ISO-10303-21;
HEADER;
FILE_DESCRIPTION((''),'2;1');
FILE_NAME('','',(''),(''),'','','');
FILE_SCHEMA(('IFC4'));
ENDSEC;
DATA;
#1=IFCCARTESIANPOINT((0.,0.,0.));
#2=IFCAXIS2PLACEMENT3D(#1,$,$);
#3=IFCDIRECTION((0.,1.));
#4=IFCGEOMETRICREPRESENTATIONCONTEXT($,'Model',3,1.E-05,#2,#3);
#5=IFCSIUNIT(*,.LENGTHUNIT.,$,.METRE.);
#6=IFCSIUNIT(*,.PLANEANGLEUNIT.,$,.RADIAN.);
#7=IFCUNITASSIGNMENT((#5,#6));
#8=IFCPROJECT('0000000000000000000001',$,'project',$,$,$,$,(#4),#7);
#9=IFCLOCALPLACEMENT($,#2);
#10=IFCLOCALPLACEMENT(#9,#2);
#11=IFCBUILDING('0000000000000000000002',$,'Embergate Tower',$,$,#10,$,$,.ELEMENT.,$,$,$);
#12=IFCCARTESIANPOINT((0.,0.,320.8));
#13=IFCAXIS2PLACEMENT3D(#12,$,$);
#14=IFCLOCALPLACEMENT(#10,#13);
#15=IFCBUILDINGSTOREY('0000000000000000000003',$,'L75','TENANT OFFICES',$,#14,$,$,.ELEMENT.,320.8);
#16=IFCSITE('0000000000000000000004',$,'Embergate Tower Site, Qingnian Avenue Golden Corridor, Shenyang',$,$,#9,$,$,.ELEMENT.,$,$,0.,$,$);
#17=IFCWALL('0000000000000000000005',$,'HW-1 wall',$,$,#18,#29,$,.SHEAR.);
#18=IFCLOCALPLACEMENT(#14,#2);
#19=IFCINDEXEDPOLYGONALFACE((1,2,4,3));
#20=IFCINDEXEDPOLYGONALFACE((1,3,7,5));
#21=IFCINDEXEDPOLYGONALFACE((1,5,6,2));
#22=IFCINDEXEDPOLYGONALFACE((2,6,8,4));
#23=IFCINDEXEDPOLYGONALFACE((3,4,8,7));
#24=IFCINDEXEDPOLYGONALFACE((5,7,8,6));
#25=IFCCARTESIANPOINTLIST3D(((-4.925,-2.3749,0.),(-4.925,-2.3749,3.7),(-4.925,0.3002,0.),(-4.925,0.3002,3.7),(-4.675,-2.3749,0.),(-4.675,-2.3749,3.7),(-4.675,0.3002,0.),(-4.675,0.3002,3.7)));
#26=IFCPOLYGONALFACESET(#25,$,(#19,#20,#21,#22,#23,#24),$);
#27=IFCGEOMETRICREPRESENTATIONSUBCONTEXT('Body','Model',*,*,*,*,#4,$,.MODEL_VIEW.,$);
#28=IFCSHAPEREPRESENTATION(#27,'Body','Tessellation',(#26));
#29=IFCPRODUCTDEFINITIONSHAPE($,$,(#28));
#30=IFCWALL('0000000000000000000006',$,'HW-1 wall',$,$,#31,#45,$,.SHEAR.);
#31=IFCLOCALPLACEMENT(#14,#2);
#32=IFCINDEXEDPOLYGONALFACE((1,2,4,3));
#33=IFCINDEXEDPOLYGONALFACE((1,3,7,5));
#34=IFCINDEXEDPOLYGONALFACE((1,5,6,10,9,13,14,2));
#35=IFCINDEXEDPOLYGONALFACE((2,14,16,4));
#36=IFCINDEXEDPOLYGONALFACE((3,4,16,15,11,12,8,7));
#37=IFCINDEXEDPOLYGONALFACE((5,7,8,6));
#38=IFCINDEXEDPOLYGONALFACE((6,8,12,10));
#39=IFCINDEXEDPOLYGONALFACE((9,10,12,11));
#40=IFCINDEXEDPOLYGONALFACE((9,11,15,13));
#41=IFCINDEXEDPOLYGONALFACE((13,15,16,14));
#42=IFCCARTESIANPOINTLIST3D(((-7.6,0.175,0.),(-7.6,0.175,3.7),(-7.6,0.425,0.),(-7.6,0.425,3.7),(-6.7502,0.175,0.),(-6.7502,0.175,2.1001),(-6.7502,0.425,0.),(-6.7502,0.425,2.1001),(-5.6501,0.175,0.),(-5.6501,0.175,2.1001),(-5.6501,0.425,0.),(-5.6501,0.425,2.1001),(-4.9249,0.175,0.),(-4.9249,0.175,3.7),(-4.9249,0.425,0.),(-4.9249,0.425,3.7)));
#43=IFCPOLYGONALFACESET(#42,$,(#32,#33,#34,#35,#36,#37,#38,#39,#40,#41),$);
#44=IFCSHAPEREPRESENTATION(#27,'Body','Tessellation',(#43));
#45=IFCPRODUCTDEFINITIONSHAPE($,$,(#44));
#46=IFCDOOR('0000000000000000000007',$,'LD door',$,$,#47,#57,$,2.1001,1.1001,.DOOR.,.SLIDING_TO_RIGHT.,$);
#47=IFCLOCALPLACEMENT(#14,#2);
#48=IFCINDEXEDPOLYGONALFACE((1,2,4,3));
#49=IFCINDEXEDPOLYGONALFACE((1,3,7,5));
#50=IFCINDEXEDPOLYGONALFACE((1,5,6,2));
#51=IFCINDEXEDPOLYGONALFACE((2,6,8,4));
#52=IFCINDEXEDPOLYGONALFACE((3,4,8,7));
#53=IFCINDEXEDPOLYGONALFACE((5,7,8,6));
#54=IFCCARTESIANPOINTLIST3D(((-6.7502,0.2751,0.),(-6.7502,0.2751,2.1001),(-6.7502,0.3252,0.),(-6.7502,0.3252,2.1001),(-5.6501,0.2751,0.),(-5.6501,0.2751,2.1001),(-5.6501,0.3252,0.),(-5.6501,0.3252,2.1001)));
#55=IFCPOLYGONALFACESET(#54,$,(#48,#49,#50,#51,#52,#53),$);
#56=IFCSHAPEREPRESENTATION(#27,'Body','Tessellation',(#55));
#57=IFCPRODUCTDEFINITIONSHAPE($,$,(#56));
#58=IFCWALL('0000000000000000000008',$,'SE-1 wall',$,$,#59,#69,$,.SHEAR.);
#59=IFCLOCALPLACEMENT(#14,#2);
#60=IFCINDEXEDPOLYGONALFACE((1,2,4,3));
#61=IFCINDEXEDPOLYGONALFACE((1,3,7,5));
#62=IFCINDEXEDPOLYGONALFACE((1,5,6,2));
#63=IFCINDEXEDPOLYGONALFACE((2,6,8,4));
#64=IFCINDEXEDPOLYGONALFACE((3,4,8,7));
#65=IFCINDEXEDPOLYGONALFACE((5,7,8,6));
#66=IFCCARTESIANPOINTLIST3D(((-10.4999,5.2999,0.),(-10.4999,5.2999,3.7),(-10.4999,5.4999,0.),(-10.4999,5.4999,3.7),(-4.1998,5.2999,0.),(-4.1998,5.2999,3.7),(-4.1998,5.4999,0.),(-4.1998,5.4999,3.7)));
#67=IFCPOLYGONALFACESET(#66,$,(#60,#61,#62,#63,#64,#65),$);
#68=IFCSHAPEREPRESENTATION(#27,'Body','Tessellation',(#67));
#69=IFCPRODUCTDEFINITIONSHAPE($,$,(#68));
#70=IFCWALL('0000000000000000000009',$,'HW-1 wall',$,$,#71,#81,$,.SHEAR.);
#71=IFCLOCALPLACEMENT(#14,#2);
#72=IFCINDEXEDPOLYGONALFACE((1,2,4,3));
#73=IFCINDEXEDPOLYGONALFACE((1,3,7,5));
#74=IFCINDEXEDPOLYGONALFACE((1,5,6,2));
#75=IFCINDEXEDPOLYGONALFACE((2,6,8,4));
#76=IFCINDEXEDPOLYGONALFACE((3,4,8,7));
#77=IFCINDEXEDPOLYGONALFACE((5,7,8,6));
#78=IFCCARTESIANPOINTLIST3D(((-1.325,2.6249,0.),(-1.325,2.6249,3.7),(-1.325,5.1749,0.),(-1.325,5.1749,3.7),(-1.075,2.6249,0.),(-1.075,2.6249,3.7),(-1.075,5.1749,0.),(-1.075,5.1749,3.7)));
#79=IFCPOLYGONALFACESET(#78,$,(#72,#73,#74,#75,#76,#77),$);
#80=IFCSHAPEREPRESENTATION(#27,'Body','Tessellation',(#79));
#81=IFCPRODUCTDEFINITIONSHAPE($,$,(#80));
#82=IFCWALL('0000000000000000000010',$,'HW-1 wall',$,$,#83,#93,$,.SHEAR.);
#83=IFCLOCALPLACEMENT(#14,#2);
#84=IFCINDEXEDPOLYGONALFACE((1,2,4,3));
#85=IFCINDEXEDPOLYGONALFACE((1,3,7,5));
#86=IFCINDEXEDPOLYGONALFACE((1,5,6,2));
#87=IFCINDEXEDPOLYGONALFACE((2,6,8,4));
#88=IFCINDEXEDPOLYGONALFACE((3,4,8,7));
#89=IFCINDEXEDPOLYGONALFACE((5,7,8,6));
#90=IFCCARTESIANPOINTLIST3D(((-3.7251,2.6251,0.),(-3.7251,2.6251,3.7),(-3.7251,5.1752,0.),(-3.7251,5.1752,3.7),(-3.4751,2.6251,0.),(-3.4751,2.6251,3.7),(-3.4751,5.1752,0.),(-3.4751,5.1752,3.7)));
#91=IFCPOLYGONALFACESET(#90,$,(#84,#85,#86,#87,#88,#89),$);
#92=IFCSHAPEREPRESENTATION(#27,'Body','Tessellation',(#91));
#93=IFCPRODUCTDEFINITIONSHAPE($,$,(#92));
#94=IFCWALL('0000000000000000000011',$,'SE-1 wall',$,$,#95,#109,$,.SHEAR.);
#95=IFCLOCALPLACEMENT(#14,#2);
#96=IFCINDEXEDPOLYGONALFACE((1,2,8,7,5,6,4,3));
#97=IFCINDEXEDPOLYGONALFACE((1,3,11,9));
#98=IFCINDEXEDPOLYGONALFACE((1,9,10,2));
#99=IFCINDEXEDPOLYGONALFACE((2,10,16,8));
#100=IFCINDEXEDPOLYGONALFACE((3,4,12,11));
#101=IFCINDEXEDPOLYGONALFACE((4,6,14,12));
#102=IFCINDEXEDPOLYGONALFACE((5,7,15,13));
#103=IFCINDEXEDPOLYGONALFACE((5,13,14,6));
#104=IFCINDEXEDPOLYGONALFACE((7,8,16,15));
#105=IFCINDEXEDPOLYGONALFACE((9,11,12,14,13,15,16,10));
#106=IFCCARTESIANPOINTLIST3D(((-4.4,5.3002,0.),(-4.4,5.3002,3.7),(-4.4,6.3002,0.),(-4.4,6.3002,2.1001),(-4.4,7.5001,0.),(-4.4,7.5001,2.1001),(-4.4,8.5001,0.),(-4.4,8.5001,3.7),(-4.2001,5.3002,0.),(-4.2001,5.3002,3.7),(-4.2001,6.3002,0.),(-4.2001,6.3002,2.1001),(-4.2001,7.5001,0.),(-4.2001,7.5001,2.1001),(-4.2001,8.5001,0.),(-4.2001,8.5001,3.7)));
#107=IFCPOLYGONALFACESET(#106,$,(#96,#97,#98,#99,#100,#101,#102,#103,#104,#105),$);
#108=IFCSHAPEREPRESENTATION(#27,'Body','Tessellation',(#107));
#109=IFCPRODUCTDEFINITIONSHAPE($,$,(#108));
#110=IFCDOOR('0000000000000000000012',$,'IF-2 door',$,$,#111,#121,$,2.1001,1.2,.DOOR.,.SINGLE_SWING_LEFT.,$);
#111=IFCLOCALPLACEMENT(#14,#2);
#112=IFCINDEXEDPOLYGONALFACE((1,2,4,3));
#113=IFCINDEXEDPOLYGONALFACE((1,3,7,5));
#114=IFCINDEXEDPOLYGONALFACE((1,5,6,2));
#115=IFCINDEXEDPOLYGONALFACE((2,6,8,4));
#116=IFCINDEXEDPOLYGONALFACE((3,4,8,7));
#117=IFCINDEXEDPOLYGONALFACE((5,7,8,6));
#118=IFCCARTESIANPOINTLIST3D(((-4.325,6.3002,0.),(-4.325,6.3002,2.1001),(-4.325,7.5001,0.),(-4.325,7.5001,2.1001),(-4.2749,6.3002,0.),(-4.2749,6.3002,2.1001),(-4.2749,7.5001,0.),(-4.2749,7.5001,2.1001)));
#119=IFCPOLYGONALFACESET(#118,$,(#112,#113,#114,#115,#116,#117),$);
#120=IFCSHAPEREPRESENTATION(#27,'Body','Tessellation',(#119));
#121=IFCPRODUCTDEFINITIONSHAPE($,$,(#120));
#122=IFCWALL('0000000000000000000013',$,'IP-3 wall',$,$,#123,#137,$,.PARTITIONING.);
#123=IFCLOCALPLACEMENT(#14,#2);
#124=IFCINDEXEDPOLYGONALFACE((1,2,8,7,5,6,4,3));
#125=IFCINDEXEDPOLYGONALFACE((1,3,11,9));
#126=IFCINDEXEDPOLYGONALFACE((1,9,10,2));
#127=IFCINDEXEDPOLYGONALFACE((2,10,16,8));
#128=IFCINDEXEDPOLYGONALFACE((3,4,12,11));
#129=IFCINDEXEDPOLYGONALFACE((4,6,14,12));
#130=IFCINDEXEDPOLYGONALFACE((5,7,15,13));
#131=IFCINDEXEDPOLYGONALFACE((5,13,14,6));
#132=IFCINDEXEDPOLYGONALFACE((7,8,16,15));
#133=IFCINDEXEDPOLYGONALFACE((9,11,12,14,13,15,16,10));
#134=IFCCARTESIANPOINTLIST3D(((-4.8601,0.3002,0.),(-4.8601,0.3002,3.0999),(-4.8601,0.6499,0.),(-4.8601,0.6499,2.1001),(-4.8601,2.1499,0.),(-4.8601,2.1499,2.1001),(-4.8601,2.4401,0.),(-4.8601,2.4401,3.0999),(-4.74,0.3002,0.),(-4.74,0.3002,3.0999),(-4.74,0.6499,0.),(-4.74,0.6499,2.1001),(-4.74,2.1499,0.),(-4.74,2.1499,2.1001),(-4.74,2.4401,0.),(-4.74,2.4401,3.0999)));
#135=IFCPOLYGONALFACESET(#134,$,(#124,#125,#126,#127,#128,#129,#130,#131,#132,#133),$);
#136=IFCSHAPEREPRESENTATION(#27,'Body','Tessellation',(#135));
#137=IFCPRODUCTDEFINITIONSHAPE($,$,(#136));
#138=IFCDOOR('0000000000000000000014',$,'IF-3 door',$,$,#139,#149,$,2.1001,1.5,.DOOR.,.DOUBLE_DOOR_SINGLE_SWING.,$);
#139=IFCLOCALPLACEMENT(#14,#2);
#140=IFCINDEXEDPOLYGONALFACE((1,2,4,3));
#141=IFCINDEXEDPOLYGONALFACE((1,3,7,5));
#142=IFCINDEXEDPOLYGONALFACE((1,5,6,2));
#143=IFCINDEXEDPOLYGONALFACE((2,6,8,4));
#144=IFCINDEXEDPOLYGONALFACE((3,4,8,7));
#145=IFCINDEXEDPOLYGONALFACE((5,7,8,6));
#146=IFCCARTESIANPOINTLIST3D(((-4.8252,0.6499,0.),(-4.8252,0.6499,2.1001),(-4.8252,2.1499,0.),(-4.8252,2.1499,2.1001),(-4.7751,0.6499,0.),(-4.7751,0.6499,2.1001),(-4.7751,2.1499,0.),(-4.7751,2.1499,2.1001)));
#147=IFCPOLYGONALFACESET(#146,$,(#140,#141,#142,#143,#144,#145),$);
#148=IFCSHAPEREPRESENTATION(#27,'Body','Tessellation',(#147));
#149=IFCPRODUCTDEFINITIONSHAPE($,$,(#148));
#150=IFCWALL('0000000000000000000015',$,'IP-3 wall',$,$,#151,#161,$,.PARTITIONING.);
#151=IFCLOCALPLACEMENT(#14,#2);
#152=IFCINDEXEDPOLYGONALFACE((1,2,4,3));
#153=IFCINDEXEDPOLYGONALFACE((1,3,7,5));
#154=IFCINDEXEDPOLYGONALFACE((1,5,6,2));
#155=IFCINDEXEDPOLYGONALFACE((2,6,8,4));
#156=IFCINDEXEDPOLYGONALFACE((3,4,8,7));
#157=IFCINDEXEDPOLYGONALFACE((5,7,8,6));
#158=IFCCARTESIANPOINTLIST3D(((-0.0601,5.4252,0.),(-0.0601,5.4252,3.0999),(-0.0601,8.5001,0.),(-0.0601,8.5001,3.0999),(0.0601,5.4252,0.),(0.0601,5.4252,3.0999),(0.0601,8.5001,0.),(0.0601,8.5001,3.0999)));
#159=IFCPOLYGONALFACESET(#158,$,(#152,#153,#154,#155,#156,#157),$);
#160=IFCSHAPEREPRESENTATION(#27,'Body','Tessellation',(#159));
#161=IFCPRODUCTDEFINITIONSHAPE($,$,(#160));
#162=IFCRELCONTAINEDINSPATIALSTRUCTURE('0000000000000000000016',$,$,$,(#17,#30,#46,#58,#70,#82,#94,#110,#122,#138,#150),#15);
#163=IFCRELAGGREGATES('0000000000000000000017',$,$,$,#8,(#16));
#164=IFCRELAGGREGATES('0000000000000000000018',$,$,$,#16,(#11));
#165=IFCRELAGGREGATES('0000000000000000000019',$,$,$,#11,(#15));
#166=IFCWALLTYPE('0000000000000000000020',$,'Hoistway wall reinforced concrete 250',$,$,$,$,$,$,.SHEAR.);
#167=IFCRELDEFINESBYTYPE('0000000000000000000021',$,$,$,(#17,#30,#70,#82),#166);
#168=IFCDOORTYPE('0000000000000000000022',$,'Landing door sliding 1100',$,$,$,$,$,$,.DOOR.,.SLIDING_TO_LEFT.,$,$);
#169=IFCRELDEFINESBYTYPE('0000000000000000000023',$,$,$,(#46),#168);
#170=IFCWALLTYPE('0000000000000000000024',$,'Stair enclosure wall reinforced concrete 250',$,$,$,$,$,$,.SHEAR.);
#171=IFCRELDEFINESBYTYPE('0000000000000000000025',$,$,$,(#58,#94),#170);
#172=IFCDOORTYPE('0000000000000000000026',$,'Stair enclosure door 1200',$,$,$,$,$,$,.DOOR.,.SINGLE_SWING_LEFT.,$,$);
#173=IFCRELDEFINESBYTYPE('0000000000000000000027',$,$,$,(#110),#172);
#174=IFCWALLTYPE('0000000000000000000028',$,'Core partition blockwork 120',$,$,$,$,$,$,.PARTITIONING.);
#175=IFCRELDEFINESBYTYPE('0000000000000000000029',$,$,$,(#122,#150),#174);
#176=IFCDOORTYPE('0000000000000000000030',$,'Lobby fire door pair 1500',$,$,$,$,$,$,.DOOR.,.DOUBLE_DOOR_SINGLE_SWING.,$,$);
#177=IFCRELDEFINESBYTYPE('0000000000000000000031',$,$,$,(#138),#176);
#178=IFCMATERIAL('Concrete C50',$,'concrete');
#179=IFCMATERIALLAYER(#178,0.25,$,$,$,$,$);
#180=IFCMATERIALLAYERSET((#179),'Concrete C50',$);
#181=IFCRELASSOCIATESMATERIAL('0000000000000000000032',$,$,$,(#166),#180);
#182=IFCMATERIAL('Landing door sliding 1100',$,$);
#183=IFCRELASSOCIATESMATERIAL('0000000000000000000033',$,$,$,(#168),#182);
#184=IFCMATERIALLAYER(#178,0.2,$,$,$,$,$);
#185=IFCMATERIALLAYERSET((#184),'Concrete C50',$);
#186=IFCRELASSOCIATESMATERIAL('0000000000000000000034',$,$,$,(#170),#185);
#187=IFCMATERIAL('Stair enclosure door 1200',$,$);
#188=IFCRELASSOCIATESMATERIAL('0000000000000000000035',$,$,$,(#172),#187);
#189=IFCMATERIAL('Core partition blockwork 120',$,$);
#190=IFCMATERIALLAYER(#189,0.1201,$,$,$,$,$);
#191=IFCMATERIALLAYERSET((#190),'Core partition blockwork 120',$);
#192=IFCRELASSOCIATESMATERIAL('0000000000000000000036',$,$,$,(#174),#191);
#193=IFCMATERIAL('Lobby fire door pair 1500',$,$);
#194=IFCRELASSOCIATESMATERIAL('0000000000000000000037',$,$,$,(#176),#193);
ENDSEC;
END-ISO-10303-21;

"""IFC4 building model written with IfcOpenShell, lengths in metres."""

from ifc_helpers import new_model, si_unit, direction, frame, frame_2d, origin, place, context, subcontext, project, spatial, rectangle, extrude, source, transform, mapped, material, layer, layer_set, type_object, element, fill, save


model = new_model("IFC4")

# Units and contexts
model_context = context("Model", 3, precision=1e-05, world=origin(), true_north=direction((0.0, 1.0)))
body_context = subcontext(model_context, "Body", "Model", "MODEL_VIEW")
ifc_project = project(units=[si_unit("LENGTHUNIT", "METRE"), si_unit("PLANEANGLEUNIT", "RADIAN")], contexts=[model_context])

# Site, building, storey
site_placement = place(None, origin())
site = spatial("IfcSite", under=ifc_project, at=site_placement, Name="Embergate Tower Site, Qingnian Avenue Golden Corridor, Shenyang", CompositionType="ELEMENT", RefElevation=0.0)
building_placement = place(site_placement, origin())
building = spatial("IfcBuilding", under=site, at=building_placement, Name="Embergate Tower", CompositionType="ELEMENT")
storey_placement = place(building_placement, frame((0.0, 0.0, 320.8)))
storey = spatial("IfcBuildingStorey", under=building, at=storey_placement, Name="L75", Description="TENANT OFFICES", CompositionType="ELEMENT", Elevation=320.8)

# Wall
ifc_material_1 = material(Name="Concrete C50", Category="concrete")
ifc_layer_1 = layer(ifc_material_1, 0.25)
ifc_layer_set_1 = layer_set([ifc_layer_1], Name="Concrete C50")
wall_type_1 = type_object("IfcWallType", Name="Hoistway wall reinforced concrete 250", PredefinedType="SHEAR", material=ifc_layer_set_1)
shared_shape_1 = source(origin(), body_context, "Body", "SweptSolid", [
    extrude(rectangle(XDim=2.675, YDim=0.25, at=frame_2d((1.3374, 0.0))), origin(), (0.0, 0.0, 1.0), 3.7),
])
wall_1_placement = place(storey_placement, frame((-4.8, 0.3, 0.0), z_axis=(0.0, 0.0, 1.0), x_axis=(0.0, -1.0, 0.0)))
element("IfcWall", 1, at=wall_1_placement, inside=storey, type_object=wall_type_1, Name="HW-1 wall", PredefinedType="SHEAR", context=body_context, shape_type="MappedRepresentation", body=[
    mapped(shared_shape_1, transform((0.0, 0.0, 0.0))),
])

# Wall, opening, door
wall_2_placement = place(storey_placement, frame((-4.925, 0.3, 0.0), z_axis=(0.0, 0.0, 1.0), x_axis=(-1.0, 0.0, 0.0)))
wall_2 = element("IfcWall", 2, at=wall_2_placement, inside=storey, type_object=wall_type_1, Name="HW-1 wall", PredefinedType="SHEAR", context=body_context, shape_type="MappedRepresentation", body=[
    mapped(shared_shape_1, transform((0.0, 0.0, 0.0))),
])
shared_shape_2 = source(origin(), body_context, "Body", "SweptSolid", [
    extrude(rectangle(XDim=1.1001, YDim=2.1001, at=frame_2d((0.55, 1.05))), frame((0.0, 0.135, 0.0), z_axis=(0.0, -1.0, 0.0), x_axis=(1.0, 0.0, 0.0)), (0.0, 0.0, 1.0), 0.27),
])
opening_1_placement = place(wall_2_placement, frame((0.7251, 0.0, 0.0)))
opening_1 = element("IfcOpeningElement", 3, at=opening_1_placement, cuts=wall_2, PredefinedType="OPENING", context=body_context, shape_type="MappedRepresentation", body=[
    mapped(shared_shape_2, transform((0.0, 0.0, 0.0))),
])
ifc_material_2 = material(Name="Landing door sliding 1100")
door_type_1 = type_object("IfcDoorType", Name="Landing door sliding 1100", OperationType="SLIDING_TO_LEFT", PredefinedType="DOOR", material=ifc_material_2)
shared_shape_3 = source(origin(), body_context, "Body", "SweptSolid", [
    extrude(rectangle(XDim=1.1001, YDim=2.1001, at=frame_2d((0.55, 1.05))), frame((0.0, 0.0249, 0.0), z_axis=(0.0, -1.0, 0.0), x_axis=(1.0, 0.0, 0.0)), (0.0, 0.0, 1.0), 0.05),
])
door_1_placement = place(opening_1_placement, origin())
door_1 = element("IfcDoor", 4, at=door_1_placement, inside=storey, type_object=door_type_1, Name="LD door", OperationType="SLIDING_TO_RIGHT", OverallHeight=2.1001, OverallWidth=1.1001, PredefinedType="DOOR", context=body_context, shape_type="MappedRepresentation", body=[
    mapped(shared_shape_3, transform((0.0, 0.0, 0.0))),
])
fill(opening_1, door_1)

# Walls
ifc_layer_2 = layer(ifc_material_1, 0.2)
ifc_layer_set_2 = layer_set([ifc_layer_2], Name="Concrete C50")
wall_type_2 = type_object("IfcWallType", Name="Stair enclosure wall reinforced concrete 250", PredefinedType="SHEAR", material=ifc_layer_set_2)
shared_shape_4 = source(origin(), body_context, "Body", "SweptSolid", [
    extrude(rectangle(XDim=6.3, YDim=0.2, at=frame_2d((3.1499, 0.0))), origin(), (0.0, 0.0, 1.0), 3.7),
])
wall_3_placement = place(storey_placement, frame((-4.2, 5.3999, 0.0), z_axis=(0.0, 0.0, 1.0), x_axis=(-1.0, 0.0, 0.0)))
element("IfcWall", 5, at=wall_3_placement, inside=storey, type_object=wall_type_2, Name="SE-1 wall", PredefinedType="SHEAR", context=body_context, shape_type="MappedRepresentation", body=[
    mapped(shared_shape_4, transform((0.0, 0.0, 0.0))),
])
shared_shape_5 = source(origin(), body_context, "Body", "SweptSolid", [
    extrude(rectangle(XDim=2.55, YDim=0.25, at=frame_2d((1.2749, 0.0))), origin(), (0.0, 0.0, 1.0), 3.7),
])
for number, where, z_axis, x_axis, name in (
    (6, (-1.2, 2.625, 0.0), (0.0, 0.0, 1.0), (0.0, 1.0, 0.0), "HW-1 wall"),
    (7, (-3.6001, 5.175, 0.0), (0.0, 0.0, 1.0), (0.0, -1.0, 0.0), "HW-1 wall"),
):
    element("IfcWall", number, at=place(storey_placement, frame(where, z_axis=z_axis, x_axis=x_axis)), inside=storey, type_object=wall_type_1, Name=name, PredefinedType="SHEAR", context=body_context, shape_type="MappedRepresentation", body=[
        mapped(shared_shape_5, transform((0.0, 0.0, 0.0))),
    ])

# Walls, openings, doors
shared_shape_6 = source(origin(), body_context, "Body", "SweptSolid", [
    extrude(rectangle(XDim=3.2, YDim=0.2, at=frame_2d((1.6001, 0.0))), origin(), (0.0, 0.0, 1.0), 3.7),
])
wall_4_placement = place(storey_placement, frame((-4.3, 5.3, 0.0), z_axis=(0.0, 0.0, 1.0), x_axis=(0.0, 1.0, 0.0)))
wall_4 = element("IfcWall", 8, at=wall_4_placement, inside=storey, type_object=wall_type_2, Name="SE-1 wall", PredefinedType="SHEAR", context=body_context, shape_type="MappedRepresentation", body=[
    mapped(shared_shape_6, transform((0.0, 0.0, 0.0))),
])
shared_shape_7 = source(origin(), body_context, "Body", "SweptSolid", [
    extrude(rectangle(XDim=1.2, YDim=2.1001, at=frame_2d((0.6001, 1.05))), frame((0.0, 0.1099, 0.0), z_axis=(0.0, -1.0, 0.0), x_axis=(1.0, 0.0, 0.0)), (0.0, 0.0, 1.0), 0.22),
])
opening_2_placement = place(wall_4_placement, frame((1.0, 0.0, 0.0)))
opening_2 = element("IfcOpeningElement", 9, at=opening_2_placement, cuts=wall_4, PredefinedType="OPENING", context=body_context, shape_type="MappedRepresentation", body=[
    mapped(shared_shape_7, transform((0.0, 0.0, 0.0))),
])
ifc_material_3 = material(Name="Stair enclosure door 1200")
door_type_2 = type_object("IfcDoorType", Name="Stair enclosure door 1200", OperationType="SINGLE_SWING_LEFT", PredefinedType="DOOR", material=ifc_material_3)
shared_shape_8 = source(origin(), body_context, "Body", "SweptSolid", [
    extrude(rectangle(XDim=1.2, YDim=2.1001, at=frame_2d((0.6001, 1.05))), frame((0.0, 0.0249, 0.0), z_axis=(0.0, -1.0, 0.0), x_axis=(1.0, 0.0, 0.0)), (0.0, 0.0, 1.0), 0.05),
])
door_2_placement = place(opening_2_placement, origin())
door_2 = element("IfcDoor", 10, at=door_2_placement, inside=storey, type_object=door_type_2, Name="IF-2 door", OperationType="SINGLE_SWING_LEFT", OverallHeight=2.1001, OverallWidth=1.2, PredefinedType="DOOR", context=body_context, shape_type="MappedRepresentation", body=[
    mapped(shared_shape_8, transform((0.0, 0.0, 0.0))),
])
fill(opening_2, door_2)
ifc_material_4 = material(Name="Core partition blockwork 120")
ifc_layer_3 = layer(ifc_material_4, 0.1201)
ifc_layer_set_3 = layer_set([ifc_layer_3], Name="Core partition blockwork 120")
wall_type_3 = type_object("IfcWallType", Name="Core partition blockwork 120", PredefinedType="PARTITIONING", material=ifc_layer_set_3)
shared_shape_9 = source(origin(), body_context, "Body", "SweptSolid", [
    extrude(rectangle(XDim=2.1399, YDim=0.1201, at=frame_2d((1.0698, 0.0))), origin(), (0.0, 0.0, 1.0), 3.0999),
])
wall_5_placement = place(storey_placement, frame((-4.8, 2.4399, 0.0), z_axis=(0.0, 0.0, 1.0), x_axis=(0.0, -1.0, 0.0)))
wall_5 = element("IfcWall", 11, at=wall_5_placement, inside=storey, type_object=wall_type_3, Name="IP-3 wall", PredefinedType="PARTITIONING", context=body_context, shape_type="MappedRepresentation", body=[
    mapped(shared_shape_9, transform((0.0, 0.0, 0.0))),
])
shared_shape_10 = source(origin(), body_context, "Body", "SweptSolid", [
    extrude(rectangle(XDim=1.5, YDim=2.1001, at=frame_2d((0.75, 1.05))), frame((0.0, 0.0701, 0.0), z_axis=(0.0, -1.0, 0.0), x_axis=(1.0, 0.0, 0.0)), (0.0, 0.0, 1.0), 0.1401),
])
opening_3_placement = place(wall_5_placement, frame((0.29, 0.0, 0.0)))
opening_3 = element("IfcOpeningElement", 12, at=opening_3_placement, cuts=wall_5, PredefinedType="OPENING", context=body_context, shape_type="MappedRepresentation", body=[
    mapped(shared_shape_10, transform((0.0, 0.0, 0.0))),
])
ifc_material_5 = material(Name="Lobby fire door pair 1500")
door_type_3 = type_object("IfcDoorType", Name="Lobby fire door pair 1500", OperationType="DOUBLE_DOOR_SINGLE_SWING", PredefinedType="DOOR", material=ifc_material_5)
shared_shape_11 = source(origin(), body_context, "Body", "SweptSolid", [
    extrude(rectangle(XDim=1.5, YDim=2.1001, at=frame_2d((0.75, 1.05))), frame((0.0, 0.0249, 0.0), z_axis=(0.0, -1.0, 0.0), x_axis=(1.0, 0.0, 0.0)), (0.0, 0.0, 1.0), 0.05),
])
door_3_placement = place(opening_3_placement, origin())
door_3 = element("IfcDoor", 13, at=door_3_placement, inside=storey, type_object=door_type_3, Name="IF-3 door", OperationType="DOUBLE_DOOR_SINGLE_SWING", OverallHeight=2.1001, OverallWidth=1.5, PredefinedType="DOOR", context=body_context, shape_type="MappedRepresentation", body=[
    mapped(shared_shape_11, transform((0.0, 0.0, 0.0))),
])
fill(opening_3, door_3)

# Wall
shared_shape_12 = source(origin(), body_context, "Body", "SweptSolid", [
    extrude(rectangle(XDim=3.075, YDim=0.1201, at=frame_2d((1.5376, 0.0))), origin(), (0.0, 0.0, 1.0), 3.0999),
])
wall_6_placement = place(storey_placement, frame((0.0, 5.425, 0.0), z_axis=(0.0, 0.0, 1.0), x_axis=(0.0, 1.0, 0.0)))
element("IfcWall", 14, at=wall_6_placement, inside=storey, type_object=wall_type_3, Name="IP-3 wall", PredefinedType="PARTITIONING", context=body_context, shape_type="MappedRepresentation", body=[
    mapped(shared_shape_12, transform((0.0, 0.0, 0.0))),
])

save(model, "model.ifc")
